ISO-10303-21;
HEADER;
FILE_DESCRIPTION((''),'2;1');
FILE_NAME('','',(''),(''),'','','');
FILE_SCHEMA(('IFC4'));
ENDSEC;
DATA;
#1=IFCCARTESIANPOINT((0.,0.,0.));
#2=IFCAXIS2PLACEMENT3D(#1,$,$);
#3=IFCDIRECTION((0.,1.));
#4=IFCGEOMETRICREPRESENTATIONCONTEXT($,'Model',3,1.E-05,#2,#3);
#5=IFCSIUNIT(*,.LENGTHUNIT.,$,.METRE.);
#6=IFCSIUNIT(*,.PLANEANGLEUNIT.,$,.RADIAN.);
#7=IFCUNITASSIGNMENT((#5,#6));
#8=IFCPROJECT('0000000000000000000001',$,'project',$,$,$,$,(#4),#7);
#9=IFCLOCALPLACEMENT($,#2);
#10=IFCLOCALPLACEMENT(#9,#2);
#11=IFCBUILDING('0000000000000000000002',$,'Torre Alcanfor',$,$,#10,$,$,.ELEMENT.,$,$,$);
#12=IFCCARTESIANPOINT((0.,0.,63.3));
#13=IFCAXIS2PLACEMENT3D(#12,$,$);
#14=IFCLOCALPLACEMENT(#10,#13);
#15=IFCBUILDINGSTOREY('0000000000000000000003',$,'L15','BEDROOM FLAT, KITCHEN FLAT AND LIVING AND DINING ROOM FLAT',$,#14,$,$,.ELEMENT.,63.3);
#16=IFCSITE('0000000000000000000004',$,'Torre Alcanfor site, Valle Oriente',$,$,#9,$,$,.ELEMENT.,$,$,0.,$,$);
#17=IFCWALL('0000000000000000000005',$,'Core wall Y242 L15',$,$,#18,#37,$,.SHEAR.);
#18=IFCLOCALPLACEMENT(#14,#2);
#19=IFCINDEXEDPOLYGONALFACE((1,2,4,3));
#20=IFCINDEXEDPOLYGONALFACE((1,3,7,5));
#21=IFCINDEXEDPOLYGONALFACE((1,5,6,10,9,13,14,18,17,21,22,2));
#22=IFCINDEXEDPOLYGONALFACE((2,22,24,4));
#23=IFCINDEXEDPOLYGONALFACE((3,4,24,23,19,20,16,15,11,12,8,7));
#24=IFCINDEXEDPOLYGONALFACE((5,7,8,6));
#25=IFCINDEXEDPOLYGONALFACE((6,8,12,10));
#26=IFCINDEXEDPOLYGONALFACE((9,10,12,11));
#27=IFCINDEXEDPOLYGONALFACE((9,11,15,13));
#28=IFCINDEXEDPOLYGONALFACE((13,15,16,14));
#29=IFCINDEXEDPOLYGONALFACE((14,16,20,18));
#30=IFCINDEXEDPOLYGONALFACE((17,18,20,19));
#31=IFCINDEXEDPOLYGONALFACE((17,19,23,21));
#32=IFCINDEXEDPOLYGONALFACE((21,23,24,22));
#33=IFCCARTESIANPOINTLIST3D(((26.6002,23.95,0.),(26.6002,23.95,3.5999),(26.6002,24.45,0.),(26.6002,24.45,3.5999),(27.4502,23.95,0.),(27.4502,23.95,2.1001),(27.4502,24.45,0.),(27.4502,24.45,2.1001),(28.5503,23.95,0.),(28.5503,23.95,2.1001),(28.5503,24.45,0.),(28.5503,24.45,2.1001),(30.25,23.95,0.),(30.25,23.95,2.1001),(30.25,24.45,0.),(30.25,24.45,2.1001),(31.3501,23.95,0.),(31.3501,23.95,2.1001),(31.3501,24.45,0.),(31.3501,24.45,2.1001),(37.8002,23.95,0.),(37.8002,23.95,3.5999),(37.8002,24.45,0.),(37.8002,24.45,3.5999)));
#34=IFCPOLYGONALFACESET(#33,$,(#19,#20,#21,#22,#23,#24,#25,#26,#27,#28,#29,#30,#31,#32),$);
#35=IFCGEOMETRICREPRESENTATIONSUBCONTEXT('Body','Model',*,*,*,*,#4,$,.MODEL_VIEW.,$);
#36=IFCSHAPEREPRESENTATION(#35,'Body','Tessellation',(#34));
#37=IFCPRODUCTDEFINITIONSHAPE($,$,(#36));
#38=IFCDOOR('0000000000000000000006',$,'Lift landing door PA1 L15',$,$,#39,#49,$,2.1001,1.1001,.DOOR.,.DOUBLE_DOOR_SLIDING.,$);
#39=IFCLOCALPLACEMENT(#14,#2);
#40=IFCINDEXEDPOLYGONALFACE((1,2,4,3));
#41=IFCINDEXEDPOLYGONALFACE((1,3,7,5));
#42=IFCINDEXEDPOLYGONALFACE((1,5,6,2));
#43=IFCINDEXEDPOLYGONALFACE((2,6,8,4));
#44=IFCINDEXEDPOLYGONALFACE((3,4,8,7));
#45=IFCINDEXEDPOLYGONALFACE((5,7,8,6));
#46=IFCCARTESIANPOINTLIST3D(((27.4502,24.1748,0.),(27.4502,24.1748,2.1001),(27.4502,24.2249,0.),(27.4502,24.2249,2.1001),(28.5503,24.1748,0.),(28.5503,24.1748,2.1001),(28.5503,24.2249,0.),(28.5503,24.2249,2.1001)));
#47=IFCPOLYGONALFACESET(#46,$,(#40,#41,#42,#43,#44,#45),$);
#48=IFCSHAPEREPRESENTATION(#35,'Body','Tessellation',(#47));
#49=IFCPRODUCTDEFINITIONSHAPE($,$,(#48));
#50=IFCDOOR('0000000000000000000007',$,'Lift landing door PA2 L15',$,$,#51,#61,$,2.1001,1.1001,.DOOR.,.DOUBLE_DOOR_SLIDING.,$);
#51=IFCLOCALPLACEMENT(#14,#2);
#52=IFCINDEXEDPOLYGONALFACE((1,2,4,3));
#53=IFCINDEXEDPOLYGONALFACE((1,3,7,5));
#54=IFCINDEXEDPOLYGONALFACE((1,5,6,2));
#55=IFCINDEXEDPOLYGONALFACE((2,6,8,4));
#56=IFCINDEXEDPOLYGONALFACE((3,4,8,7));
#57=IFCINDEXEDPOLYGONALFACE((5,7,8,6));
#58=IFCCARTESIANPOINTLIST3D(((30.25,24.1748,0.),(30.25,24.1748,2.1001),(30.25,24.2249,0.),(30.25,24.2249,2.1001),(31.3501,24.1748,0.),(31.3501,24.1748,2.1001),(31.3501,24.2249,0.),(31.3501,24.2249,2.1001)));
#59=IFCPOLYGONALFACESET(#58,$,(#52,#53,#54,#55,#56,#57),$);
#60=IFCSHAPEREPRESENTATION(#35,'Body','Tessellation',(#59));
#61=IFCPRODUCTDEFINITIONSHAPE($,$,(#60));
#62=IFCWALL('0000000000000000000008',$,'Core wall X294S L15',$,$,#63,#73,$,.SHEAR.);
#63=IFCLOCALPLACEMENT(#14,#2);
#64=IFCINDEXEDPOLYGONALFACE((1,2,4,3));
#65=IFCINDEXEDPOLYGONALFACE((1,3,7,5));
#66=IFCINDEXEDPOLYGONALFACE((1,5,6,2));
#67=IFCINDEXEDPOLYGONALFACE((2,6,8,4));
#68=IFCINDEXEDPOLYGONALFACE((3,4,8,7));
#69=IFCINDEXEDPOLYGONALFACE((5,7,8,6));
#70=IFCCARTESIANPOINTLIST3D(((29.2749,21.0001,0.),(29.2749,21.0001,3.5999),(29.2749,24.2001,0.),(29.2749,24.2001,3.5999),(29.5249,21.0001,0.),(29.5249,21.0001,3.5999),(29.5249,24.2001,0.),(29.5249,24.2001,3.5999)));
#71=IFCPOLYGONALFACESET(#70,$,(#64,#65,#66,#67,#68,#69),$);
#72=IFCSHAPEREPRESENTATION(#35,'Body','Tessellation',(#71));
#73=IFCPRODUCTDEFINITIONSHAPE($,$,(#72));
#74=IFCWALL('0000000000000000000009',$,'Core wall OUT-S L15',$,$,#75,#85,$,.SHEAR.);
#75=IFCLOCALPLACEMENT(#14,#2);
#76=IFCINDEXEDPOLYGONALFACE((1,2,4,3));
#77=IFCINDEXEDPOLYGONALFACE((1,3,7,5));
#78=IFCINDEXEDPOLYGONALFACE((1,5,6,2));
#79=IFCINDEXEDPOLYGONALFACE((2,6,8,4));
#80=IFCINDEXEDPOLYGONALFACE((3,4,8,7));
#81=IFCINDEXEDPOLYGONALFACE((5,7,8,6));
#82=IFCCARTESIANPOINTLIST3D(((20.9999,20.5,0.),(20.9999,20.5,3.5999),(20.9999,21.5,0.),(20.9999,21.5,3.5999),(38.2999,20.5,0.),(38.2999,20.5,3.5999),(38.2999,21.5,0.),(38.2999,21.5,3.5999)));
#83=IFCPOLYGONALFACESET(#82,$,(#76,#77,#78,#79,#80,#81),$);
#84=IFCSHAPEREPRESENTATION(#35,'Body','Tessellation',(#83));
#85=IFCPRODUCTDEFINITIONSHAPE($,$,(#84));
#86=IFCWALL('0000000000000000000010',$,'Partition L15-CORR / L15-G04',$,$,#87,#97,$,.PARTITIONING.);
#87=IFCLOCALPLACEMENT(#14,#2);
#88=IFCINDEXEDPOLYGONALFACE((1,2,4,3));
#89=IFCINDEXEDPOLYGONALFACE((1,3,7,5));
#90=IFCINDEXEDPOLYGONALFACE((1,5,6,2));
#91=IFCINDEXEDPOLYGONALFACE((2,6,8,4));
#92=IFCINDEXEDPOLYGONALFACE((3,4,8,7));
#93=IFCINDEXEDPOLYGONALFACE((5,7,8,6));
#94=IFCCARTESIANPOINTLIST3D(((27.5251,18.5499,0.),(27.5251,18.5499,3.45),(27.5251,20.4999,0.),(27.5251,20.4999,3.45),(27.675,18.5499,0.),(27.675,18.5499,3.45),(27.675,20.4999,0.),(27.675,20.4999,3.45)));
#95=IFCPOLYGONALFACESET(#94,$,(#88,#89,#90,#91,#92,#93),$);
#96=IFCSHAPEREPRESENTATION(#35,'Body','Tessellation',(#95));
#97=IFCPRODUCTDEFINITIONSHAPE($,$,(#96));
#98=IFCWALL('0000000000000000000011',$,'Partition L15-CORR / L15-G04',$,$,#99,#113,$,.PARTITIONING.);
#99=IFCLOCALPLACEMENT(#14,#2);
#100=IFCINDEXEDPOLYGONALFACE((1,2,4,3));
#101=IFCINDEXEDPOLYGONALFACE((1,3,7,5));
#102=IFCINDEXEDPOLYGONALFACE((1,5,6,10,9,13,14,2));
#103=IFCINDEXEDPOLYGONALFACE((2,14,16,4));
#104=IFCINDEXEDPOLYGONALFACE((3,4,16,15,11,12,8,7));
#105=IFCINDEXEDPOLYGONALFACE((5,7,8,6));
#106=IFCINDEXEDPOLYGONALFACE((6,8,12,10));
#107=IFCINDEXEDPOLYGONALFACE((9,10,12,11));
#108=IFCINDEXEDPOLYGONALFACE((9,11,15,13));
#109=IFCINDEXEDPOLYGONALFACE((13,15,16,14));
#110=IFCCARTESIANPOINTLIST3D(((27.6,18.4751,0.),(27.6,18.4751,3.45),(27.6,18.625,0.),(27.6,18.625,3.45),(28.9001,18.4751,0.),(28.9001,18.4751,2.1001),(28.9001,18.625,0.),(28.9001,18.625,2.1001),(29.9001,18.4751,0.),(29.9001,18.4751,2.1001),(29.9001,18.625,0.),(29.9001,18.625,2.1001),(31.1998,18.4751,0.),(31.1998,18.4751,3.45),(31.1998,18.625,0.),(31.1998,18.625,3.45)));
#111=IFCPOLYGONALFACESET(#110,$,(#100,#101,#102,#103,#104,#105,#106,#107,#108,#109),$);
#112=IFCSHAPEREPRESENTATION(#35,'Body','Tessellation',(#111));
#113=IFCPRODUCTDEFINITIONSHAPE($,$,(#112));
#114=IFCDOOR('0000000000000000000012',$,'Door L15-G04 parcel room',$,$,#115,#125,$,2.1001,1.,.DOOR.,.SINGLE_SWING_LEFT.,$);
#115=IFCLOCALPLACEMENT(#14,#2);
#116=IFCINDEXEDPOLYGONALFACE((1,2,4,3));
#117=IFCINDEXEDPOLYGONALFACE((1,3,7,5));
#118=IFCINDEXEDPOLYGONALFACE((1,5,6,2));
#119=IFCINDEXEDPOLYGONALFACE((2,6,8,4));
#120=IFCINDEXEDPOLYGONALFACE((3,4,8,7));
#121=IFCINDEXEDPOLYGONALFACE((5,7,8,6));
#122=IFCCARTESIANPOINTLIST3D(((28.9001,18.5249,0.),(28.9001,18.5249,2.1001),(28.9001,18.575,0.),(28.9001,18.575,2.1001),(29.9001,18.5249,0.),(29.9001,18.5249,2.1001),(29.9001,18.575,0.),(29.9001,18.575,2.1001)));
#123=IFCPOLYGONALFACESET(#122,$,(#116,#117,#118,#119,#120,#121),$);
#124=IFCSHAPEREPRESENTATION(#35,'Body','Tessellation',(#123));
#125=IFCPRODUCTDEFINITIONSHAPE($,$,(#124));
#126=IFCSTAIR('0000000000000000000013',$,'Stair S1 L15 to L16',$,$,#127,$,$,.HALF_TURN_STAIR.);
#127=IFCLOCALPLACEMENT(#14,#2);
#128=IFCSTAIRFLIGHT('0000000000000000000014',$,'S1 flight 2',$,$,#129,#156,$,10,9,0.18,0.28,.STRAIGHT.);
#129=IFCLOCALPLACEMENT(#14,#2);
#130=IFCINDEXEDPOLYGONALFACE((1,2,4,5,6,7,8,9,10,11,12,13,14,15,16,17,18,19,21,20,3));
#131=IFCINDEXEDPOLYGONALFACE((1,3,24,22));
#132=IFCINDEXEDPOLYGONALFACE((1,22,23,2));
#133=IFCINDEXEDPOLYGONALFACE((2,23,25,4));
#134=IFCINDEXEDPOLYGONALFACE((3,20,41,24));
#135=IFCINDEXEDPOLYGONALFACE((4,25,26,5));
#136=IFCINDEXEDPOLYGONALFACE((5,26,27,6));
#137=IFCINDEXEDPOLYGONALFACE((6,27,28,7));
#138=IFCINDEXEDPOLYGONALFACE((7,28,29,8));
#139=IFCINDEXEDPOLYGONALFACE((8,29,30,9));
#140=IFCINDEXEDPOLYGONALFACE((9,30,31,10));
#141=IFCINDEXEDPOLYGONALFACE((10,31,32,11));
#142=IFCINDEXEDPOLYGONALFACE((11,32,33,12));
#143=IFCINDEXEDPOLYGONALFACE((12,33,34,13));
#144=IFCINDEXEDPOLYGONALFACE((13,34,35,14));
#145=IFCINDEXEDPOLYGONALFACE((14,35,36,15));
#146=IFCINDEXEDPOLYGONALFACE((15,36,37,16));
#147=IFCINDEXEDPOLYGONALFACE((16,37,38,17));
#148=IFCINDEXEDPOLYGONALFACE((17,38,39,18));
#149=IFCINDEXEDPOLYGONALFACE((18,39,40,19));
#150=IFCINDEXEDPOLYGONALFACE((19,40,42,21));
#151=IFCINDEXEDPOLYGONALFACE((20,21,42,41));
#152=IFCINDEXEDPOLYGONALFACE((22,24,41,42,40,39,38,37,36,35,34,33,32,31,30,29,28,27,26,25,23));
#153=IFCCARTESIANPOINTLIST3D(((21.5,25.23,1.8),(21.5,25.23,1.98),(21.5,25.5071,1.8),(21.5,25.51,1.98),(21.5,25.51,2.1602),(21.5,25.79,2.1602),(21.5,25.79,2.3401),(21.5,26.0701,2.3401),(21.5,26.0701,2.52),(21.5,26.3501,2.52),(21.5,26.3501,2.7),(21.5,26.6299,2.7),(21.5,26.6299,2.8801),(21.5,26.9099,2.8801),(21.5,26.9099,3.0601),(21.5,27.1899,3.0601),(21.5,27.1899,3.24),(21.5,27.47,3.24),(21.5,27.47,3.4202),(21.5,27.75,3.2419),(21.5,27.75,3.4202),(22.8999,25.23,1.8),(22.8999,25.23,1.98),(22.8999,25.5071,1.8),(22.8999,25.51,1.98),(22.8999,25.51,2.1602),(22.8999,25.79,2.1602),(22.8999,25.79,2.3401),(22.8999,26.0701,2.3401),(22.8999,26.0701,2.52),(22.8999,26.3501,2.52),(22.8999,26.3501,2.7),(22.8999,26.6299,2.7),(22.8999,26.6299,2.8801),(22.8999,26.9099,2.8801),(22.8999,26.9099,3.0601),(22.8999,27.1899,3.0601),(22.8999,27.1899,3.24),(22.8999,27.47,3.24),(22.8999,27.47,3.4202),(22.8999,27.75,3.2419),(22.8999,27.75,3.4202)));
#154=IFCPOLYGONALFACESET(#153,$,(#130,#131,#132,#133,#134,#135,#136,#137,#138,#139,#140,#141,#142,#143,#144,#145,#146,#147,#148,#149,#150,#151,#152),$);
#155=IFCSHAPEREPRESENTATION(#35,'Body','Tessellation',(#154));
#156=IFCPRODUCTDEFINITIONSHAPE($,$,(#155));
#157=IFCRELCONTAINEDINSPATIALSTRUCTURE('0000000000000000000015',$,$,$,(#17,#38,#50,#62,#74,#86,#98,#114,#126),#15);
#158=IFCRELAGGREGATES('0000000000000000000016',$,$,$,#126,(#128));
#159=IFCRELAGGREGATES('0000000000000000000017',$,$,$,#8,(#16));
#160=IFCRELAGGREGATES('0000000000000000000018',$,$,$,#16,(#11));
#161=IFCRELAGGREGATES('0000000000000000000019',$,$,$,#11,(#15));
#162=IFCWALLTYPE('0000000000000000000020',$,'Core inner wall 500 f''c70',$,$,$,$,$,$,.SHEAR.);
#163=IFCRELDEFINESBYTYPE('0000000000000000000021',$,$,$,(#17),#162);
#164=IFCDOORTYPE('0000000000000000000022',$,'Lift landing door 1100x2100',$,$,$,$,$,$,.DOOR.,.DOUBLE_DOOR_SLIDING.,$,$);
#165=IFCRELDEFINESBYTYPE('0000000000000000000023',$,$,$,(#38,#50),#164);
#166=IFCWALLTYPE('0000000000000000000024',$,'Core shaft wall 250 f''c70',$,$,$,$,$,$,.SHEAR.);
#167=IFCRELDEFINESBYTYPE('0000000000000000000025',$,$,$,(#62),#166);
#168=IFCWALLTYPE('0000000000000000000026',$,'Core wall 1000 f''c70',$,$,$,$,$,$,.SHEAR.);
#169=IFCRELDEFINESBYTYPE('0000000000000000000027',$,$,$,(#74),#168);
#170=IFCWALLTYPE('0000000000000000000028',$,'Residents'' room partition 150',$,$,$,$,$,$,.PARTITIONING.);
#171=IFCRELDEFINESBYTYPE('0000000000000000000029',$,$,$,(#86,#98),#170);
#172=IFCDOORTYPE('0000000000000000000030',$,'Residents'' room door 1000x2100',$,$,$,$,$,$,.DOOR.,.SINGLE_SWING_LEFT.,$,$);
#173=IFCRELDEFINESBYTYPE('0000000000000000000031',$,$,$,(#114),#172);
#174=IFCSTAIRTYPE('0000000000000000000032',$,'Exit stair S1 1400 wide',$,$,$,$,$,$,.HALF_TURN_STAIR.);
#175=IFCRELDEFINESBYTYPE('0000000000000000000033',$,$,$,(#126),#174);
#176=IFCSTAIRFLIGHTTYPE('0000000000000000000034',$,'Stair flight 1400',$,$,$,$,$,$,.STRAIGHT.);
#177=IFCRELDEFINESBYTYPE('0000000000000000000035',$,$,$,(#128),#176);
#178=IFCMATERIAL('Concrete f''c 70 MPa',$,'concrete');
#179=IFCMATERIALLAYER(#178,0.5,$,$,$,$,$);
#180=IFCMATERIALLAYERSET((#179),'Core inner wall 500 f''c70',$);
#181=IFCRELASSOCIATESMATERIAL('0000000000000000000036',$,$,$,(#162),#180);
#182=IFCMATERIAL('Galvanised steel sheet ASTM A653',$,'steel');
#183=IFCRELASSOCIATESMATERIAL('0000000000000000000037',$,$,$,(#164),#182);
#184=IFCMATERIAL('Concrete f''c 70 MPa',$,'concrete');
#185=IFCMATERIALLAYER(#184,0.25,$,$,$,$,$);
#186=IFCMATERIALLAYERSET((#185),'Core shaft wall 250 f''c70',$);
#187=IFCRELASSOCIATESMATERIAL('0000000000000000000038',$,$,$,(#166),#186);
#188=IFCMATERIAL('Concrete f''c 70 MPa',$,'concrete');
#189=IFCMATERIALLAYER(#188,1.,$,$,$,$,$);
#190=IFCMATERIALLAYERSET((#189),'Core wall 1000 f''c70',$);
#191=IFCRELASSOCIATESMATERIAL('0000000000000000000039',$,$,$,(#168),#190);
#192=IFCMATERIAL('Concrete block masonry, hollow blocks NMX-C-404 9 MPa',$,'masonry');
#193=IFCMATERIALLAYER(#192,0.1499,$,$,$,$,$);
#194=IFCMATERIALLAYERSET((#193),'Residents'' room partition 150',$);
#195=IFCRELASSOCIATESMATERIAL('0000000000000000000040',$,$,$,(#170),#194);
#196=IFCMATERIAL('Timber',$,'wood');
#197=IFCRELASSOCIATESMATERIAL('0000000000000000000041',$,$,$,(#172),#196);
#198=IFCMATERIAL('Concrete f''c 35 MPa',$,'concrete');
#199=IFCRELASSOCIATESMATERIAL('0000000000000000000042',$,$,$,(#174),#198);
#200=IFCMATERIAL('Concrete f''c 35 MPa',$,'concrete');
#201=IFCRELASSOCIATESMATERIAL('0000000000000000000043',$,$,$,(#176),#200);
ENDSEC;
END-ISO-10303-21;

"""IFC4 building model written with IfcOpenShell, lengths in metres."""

from ifc_helpers import new_model, si_unit, direction, frame, frame_2d, origin, place, context, subcontext, project, spatial, polyline, rectangle, outline, extrude, material, layer, layer_set, type_object, element, fill, aggregate, save


model = new_model("IFC4")

# Units and contexts
model_context = context("Model", 3, precision=1e-05, world=origin(), true_north=direction((0.0, 1.0)))
body_context = subcontext(model_context, "Body", "Model", "MODEL_VIEW")
ifc_project = project(units=[si_unit("LENGTHUNIT", "METRE"), si_unit("PLANEANGLEUNIT", "RADIAN")], contexts=[model_context])

# Site, building, storey
site_placement = place(None, origin())
site = spatial("IfcSite", under=ifc_project, at=site_placement, Name="Torre Alcanfor site, Valle Oriente", CompositionType="ELEMENT", RefElevation=0.0)
building_placement = place(site_placement, origin())
building = spatial("IfcBuilding", under=site, at=building_placement, Name="Torre Alcanfor", CompositionType="ELEMENT")
storey_placement = place(building_placement, frame((0.0, 0.0, 63.3)))
storey = spatial("IfcBuildingStorey", under=building, at=storey_placement, Name="L15", Description="BEDROOM FLAT, KITCHEN FLAT AND LIVING AND DINING ROOM FLAT", CompositionType="ELEMENT", Elevation=63.3)

# Shared definitions
ifc_material_1 = material(Name="Concrete f'c 70 MPa", Category="concrete")
ifc_layer_1 = layer(ifc_material_1, 0.5)
ifc_layer_set_1 = layer_set([ifc_layer_1], Name="Core inner wall 500 f'c70")
wall_type_1 = type_object("IfcWallType", Name="Core inner wall 500 f'c70", PredefinedType="SHEAR", material=ifc_layer_set_1)

# Wall, openings, doors
wall_1_placement = place(storey_placement, frame((26.6001, 24.2, 0.0), z_axis=(0.0, 0.0, 1.0), x_axis=(1.0, 0.0, 0.0)))
wall_1 = element("IfcWall", 1, at=wall_1_placement, inside=storey, type_object=wall_type_1, Name="Core wall Y242 L15", PredefinedType="SHEAR", context=body_context, shape_type="SweptSolid", body=[
    extrude(rectangle(XDim=11.2, YDim=0.5, at=frame_2d((5.6001, 0.0))), origin(), (0.0, 0.0, 1.0), 3.5999),
])
opening_1_placement = place(wall_1_placement, frame((0.8501, 0.0, 0.0)))
opening_1 = element("IfcOpeningElement", 2, at=opening_1_placement, cuts=wall_1, PredefinedType="OPENING", context=body_context, shape_type="SweptSolid", body=[
    extrude(rectangle(XDim=1.1001, YDim=2.1001, at=frame_2d((0.55, 1.05))), frame((0.0, 0.26, 0.0), z_axis=(0.0, -1.0, 0.0), x_axis=(1.0, 0.0, 0.0)), (0.0, 0.0, 1.0), 0.52),
])
opening_2_placement = place(wall_1_placement, frame((3.6499, 0.0, 0.0)))
opening_2 = element("IfcOpeningElement", 3, at=opening_2_placement, cuts=wall_1, PredefinedType="OPENING", context=body_context, shape_type="SweptSolid", body=[
    extrude(rectangle(XDim=1.1001, YDim=2.1001, at=frame_2d((0.55, 1.05))), frame((0.0, 0.26, 0.0), z_axis=(0.0, -1.0, 0.0), x_axis=(1.0, 0.0, 0.0)), (0.0, 0.0, 1.0), 0.52),
])
ifc_material_2 = material(Name="Galvanised steel sheet ASTM A653", Category="steel")
door_type_1 = type_object("IfcDoorType", Name="Lift landing door 1100x2100", OperationType="DOUBLE_DOOR_SLIDING", PredefinedType="DOOR", material=ifc_material_2)
door_1_placement = place(opening_1_placement, origin())
door_1 = element("IfcDoor", 4, at=door_1_placement, inside=storey, type_object=door_type_1, Name="Lift landing door PA1 L15", OperationType="DOUBLE_DOOR_SLIDING", OverallHeight=2.1001, OverallWidth=1.1001, PredefinedType="DOOR", context=body_context, shape_type="SweptSolid", body=[
    extrude(rectangle(XDim=1.1001, YDim=2.1001, at=frame_2d((0.55, 1.05))), frame((0.0, 0.0249, 0.0), z_axis=(0.0, -1.0, 0.0), x_axis=(1.0, 0.0, 0.0)), (0.0, 0.0, 1.0), 0.05),
])
fill(opening_1, door_1)
door_2_placement = place(opening_2_placement, origin())
door_2 = element("IfcDoor", 5, at=door_2_placement, inside=storey, type_object=door_type_1, Name="Lift landing door PA2 L15", OperationType="DOUBLE_DOOR_SLIDING", OverallHeight=2.1001, OverallWidth=1.1001, PredefinedType="DOOR", context=body_context, shape_type="SweptSolid", body=[
    extrude(rectangle(XDim=1.1001, YDim=2.1001, at=frame_2d((0.55, 1.05))), frame((0.0, 0.0249, 0.0), z_axis=(0.0, -1.0, 0.0), x_axis=(1.0, 0.0, 0.0)), (0.0, 0.0, 1.0), 0.05),
])
fill(opening_2, door_2)

# Walls
ifc_material_3 = material(Name="Concrete f'c 70 MPa", Category="concrete")
ifc_layer_2 = layer(ifc_material_3, 0.25)
ifc_layer_set_2 = layer_set([ifc_layer_2], Name="Core shaft wall 250 f'c70")
wall_type_2 = type_object("IfcWallType", Name="Core shaft wall 250 f'c70", PredefinedType="SHEAR", material=ifc_layer_set_2)
wall_2_placement = place(storey_placement, frame((29.3999, 21.0, 0.0), z_axis=(0.0, 0.0, 1.0), x_axis=(0.0, 1.0, 0.0)))
element("IfcWall", 6, at=wall_2_placement, inside=storey, type_object=wall_type_2, Name="Core wall X294S L15", PredefinedType="SHEAR", context=body_context, shape_type="SweptSolid", body=[
    extrude(rectangle(XDim=3.2, YDim=0.25, at=frame_2d((1.6001, 0.0))), origin(), (0.0, 0.0, 1.0), 3.5999),
])
ifc_material_4 = material(Name="Concrete f'c 70 MPa", Category="concrete")
ifc_layer_3 = layer(ifc_material_4, 1.0)
ifc_layer_set_3 = layer_set([ifc_layer_3], Name="Core wall 1000 f'c70")
wall_type_3 = type_object("IfcWallType", Name="Core wall 1000 f'c70", PredefinedType="SHEAR", material=ifc_layer_set_3)
wall_3_placement = place(storey_placement, frame((21.0, 21.0, 0.0), z_axis=(0.0, 0.0, 1.0), x_axis=(1.0, 0.0, 0.0)))
element("IfcWall", 7, at=wall_3_placement, inside=storey, type_object=wall_type_3, Name="Core wall OUT-S L15", PredefinedType="SHEAR", context=body_context, shape_type="SweptSolid", body=[
    extrude(rectangle(XDim=17.3, YDim=1.0, at=frame_2d((8.6499, 0.0))), origin(), (0.0, 0.0, 1.0), 3.5999),
])
ifc_material_5 = material(Name="Concrete block masonry, hollow blocks NMX-C-404 9 MPa", Category="masonry")
ifc_layer_4 = layer(ifc_material_5, 0.1499)
ifc_layer_set_4 = layer_set([ifc_layer_4], Name="Residents' room partition 150")
wall_type_4 = type_object("IfcWallType", Name="Residents' room partition 150", PredefinedType="PARTITIONING", material=ifc_layer_set_4)
wall_4_placement = place(storey_placement, frame((27.6001, 20.5, 0.0), z_axis=(0.0, 0.0, 1.0), x_axis=(0.0, -1.0, 0.0)))
element("IfcWall", 8, at=wall_4_placement, inside=storey, type_object=wall_type_4, Name="Partition L15-CORR / L15-G04", PredefinedType="PARTITIONING", context=body_context, shape_type="SweptSolid", body=[
    extrude(rectangle(XDim=1.95, YDim=0.1499, at=frame_2d((0.9751, 0.0))), origin(), (0.0, 0.0, 1.0), 3.45),
])

# Wall, opening, door
wall_5_placement = place(storey_placement, frame((27.6001, 18.55, 0.0), z_axis=(0.0, 0.0, 1.0), x_axis=(1.0, 0.0, 0.0)))
wall_5 = element("IfcWall", 9, at=wall_5_placement, inside=storey, type_object=wall_type_4, Name="Partition L15-CORR / L15-G04", PredefinedType="PARTITIONING", context=body_context, shape_type="SweptSolid", body=[
    extrude(rectangle(XDim=3.5999, YDim=0.1499, at=frame_2d((1.7998, 0.0))), origin(), (0.0, 0.0, 1.0), 3.45),
])
opening_3_placement = place(wall_5_placement, frame((1.3, 0.0, 0.0)))
opening_3 = element("IfcOpeningElement", 10, at=opening_3_placement, cuts=wall_5, PredefinedType="OPENING", context=body_context, shape_type="SweptSolid", body=[
    extrude(rectangle(XDim=1.0, YDim=2.1001, at=frame_2d((0.5, 1.05))), frame((0.0, 0.085, 0.0), z_axis=(0.0, -1.0, 0.0), x_axis=(1.0, 0.0, 0.0)), (0.0, 0.0, 1.0), 0.1699),
])
ifc_material_6 = material(Name="Timber", Category="wood")
door_type_2 = type_object("IfcDoorType", Name="Residents' room door 1000x2100", OperationType="SINGLE_SWING_LEFT", PredefinedType="DOOR", material=ifc_material_6)
door_3_placement = place(opening_3_placement, origin())
door_3 = element("IfcDoor", 11, at=door_3_placement, inside=storey, type_object=door_type_2, Name="Door L15-G04 parcel room", OperationType="SINGLE_SWING_LEFT", OverallHeight=2.1001, OverallWidth=1.0, PredefinedType="DOOR", context=body_context, shape_type="SweptSolid", body=[
    extrude(rectangle(XDim=1.0, YDim=2.1001, at=frame_2d((0.5, 1.05))), frame((0.0, 0.0249, 0.0), z_axis=(0.0, -1.0, 0.0), x_axis=(1.0, 0.0, 0.0)), (0.0, 0.0, 1.0), 0.05),
])
fill(opening_3, door_3)

# Stair, stair flight
ifc_material_7 = material(Name="Concrete f'c 35 MPa", Category="concrete")
stair_type = type_object("IfcStairType", Name="Exit stair S1 1400 wide", PredefinedType="HALF_TURN_STAIR", material=ifc_material_7)
stair_placement = place(storey_placement, origin())
stair = element("IfcStair", 12, at=stair_placement, inside=storey, type_object=stair_type, Name="Stair S1 L15 to L16", PredefinedType="HALF_TURN_STAIR")
ifc_material_8 = material(Name="Concrete f'c 35 MPa", Category="concrete")
stair_flight_type = type_object("IfcStairFlightType", Name="Stair flight 1400", PredefinedType="STRAIGHT", material=ifc_material_8)
stair_flight_placement = place(storey_placement, frame((22.2, 25.23, 1.8), z_axis=(0.0, 0.0, 1.0), x_axis=(0.0, 1.0, 0.0)))
stair_flight = element("IfcStairFlight", 13, at=stair_flight_placement, type_object=stair_flight_type, Name="S1 flight 2", NumberOfRisers=10, NumberOfTreads=9, PredefinedType="STRAIGHT", RiserHeight=0.18, TreadLength=0.28, context=body_context, shape_type="SweptSolid", body=[
    extrude(outline(polyline([(0.0, 0.0), (0.0, 0.1799), (0.28, 0.1799), (0.28, 0.3601), (0.5601, 0.3601), (0.5601, 0.54), (0.8401, 0.54), (0.8401, 0.72), (1.1201, 0.72), (1.1201, 0.8999), (1.3999, 0.8999), (1.3999, 1.0801), (1.6799, 1.0801), (1.6799, 1.26), (1.96, 1.26), (1.96, 1.4399), (2.24, 1.4399), (2.24, 1.6201), (2.52, 1.6201), (2.52, 1.8), (2.52, 1.4419), (0.2771, 0.0), (0.0, 0.0)])), frame((0.0, 0.7, 0.0), z_axis=(0.0, -1.0, 0.0), x_axis=(1.0, 0.0, 0.0)), (0.0, 0.0, 1.0), 1.3999),
])
aggregate(stair, [stair_flight])

save(model, "model.ifc")
